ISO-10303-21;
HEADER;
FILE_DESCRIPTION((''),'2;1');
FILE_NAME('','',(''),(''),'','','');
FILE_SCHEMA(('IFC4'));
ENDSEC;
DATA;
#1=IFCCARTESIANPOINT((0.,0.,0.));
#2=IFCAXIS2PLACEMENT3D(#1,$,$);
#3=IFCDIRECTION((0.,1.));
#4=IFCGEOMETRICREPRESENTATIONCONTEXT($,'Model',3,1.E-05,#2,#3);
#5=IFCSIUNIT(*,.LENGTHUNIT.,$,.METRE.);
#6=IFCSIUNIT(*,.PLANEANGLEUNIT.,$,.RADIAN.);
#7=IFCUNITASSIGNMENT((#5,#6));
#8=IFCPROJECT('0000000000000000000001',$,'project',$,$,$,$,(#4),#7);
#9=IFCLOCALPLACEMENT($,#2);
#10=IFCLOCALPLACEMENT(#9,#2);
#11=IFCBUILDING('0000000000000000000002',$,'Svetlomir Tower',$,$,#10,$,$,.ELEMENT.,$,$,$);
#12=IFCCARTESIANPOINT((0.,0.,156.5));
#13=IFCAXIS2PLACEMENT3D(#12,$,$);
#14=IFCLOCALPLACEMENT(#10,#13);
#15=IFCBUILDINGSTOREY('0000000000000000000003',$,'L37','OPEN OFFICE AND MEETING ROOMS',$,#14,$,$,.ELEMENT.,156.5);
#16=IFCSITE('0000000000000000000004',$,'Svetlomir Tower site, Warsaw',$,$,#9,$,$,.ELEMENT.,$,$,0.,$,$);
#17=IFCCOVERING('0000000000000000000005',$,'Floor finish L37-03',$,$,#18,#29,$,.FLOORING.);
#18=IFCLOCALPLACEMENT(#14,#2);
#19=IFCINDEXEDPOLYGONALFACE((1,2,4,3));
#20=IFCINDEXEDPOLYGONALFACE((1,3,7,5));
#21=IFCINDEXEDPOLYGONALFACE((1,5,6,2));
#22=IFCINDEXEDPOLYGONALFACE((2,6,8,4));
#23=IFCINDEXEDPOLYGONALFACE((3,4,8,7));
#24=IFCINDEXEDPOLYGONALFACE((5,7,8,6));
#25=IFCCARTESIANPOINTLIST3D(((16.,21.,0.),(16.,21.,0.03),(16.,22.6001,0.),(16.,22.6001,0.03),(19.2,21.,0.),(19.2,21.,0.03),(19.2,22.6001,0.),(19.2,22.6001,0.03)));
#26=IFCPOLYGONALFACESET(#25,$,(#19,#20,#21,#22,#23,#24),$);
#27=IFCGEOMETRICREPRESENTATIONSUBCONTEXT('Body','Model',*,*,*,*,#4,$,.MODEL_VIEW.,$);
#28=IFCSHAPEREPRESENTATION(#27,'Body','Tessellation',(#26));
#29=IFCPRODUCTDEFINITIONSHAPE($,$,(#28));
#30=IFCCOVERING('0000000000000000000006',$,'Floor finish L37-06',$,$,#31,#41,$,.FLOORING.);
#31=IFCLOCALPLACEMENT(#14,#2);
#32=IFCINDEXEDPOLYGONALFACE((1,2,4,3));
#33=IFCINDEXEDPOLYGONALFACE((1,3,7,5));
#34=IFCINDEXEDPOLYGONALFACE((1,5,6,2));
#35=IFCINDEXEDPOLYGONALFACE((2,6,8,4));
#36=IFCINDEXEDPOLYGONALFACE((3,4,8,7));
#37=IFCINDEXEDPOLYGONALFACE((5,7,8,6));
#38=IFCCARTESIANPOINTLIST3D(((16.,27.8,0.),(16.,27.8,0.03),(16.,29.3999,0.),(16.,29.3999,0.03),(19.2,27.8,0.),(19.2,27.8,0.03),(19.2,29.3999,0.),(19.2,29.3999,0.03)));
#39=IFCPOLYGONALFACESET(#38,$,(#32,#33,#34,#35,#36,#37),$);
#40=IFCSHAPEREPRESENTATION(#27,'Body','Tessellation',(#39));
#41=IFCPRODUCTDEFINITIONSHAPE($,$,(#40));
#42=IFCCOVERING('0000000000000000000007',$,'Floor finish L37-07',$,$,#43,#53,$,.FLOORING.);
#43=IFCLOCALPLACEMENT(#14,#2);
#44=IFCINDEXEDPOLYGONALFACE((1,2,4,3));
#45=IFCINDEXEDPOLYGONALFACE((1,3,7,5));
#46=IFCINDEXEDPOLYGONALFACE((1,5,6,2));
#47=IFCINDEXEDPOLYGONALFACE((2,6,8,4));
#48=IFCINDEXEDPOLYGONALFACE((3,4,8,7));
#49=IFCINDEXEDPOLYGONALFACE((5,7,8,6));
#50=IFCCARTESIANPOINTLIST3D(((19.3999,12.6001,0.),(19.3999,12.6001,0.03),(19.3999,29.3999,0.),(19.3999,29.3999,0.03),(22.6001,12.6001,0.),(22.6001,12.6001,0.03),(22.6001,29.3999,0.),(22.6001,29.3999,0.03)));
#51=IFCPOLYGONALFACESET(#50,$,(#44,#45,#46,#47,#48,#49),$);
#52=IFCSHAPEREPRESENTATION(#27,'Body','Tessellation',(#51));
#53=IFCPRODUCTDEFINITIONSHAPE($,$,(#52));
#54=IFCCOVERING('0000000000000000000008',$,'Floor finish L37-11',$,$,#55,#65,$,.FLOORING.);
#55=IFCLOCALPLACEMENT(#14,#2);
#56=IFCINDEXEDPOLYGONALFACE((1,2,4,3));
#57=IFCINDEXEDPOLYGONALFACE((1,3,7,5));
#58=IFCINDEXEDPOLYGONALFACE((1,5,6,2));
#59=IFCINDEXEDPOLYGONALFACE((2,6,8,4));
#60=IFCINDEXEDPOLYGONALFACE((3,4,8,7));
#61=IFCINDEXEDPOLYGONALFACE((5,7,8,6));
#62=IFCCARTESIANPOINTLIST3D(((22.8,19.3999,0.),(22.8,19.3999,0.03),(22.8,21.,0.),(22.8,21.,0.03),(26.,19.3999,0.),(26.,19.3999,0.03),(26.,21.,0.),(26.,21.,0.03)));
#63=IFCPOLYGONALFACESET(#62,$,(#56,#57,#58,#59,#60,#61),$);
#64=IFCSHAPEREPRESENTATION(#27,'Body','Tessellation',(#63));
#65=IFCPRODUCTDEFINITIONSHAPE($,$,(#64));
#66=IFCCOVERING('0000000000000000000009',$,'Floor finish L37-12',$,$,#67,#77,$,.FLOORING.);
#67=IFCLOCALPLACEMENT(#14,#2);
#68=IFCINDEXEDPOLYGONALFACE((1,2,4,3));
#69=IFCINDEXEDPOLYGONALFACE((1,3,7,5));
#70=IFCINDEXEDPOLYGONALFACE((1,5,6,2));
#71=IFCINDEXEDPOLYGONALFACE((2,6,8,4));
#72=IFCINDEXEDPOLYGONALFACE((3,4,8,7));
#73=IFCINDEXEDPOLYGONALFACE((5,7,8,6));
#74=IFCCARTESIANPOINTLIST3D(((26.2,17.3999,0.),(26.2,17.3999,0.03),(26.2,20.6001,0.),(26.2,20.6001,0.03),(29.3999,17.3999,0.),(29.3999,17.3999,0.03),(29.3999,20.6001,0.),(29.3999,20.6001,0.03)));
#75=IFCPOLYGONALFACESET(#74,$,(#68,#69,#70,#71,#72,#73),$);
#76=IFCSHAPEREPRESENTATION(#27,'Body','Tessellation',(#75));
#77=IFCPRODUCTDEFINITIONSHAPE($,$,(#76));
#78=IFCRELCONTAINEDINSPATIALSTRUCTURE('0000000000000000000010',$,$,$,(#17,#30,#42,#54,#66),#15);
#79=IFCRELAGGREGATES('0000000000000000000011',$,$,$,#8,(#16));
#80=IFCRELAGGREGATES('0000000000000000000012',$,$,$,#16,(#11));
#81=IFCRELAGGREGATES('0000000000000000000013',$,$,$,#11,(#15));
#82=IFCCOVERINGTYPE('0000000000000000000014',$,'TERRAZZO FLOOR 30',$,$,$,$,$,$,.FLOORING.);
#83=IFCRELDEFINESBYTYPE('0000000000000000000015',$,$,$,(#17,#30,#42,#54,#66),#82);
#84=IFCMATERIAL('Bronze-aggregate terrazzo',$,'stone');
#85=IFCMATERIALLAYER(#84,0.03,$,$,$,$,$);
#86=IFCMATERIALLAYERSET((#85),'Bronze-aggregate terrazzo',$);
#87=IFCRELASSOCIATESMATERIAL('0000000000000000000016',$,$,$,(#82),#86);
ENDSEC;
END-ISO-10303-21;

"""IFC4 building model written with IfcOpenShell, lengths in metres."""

from ifc_helpers import new_model, si_unit, direction, frame, origin, place, context, subcontext, project, spatial, polyline, outline, extrude, material, layer, layer_set, type_object, element, save


model = new_model("IFC4")

# Units and contexts
model_context = context("Model", 3, precision=1e-05, world=origin(), true_north=direction((0.0, 1.0)))
body_context = subcontext(model_context, "Body", "Model", "MODEL_VIEW")
ifc_project = project(units=[si_unit("LENGTHUNIT", "METRE"), si_unit("PLANEANGLEUNIT", "RADIAN")], contexts=[model_context])

# Site, building, storey
site_placement = place(None, origin())
site = spatial("IfcSite", under=ifc_project, at=site_placement, Name="Svetlomir Tower site, Warsaw", CompositionType="ELEMENT", RefElevation=0.0)
building_placement = place(site_placement, origin())
building = spatial("IfcBuilding", under=site, at=building_placement, Name="Svetlomir Tower", CompositionType="ELEMENT")
storey_placement = place(building_placement, frame((0.0, 0.0, 156.5)))
storey = spatial("IfcBuildingStorey", under=building, at=storey_placement, Name="L37", Description="OPEN OFFICE AND MEETING ROOMS", CompositionType="ELEMENT", Elevation=156.5)

# Coverings
ifc_material_1 = material(Name="Bronze-aggregate terrazzo", Category="stone")
ifc_layer_1 = layer(ifc_material_1, 0.03)
ifc_layer_set_1 = layer_set([ifc_layer_1], Name="Bronze-aggregate terrazzo")
covering_type_1 = type_object("IfcCoveringType", Name="TERRAZZO FLOOR 30", PredefinedType="FLOORING", material=ifc_layer_set_1)
covering_1_placement = place(storey_placement, origin())
element("IfcCovering", 1, at=covering_1_placement, inside=storey, type_object=covering_type_1, Name="Floor finish L37-03", PredefinedType="FLOORING", context=body_context, shape_type="SweptSolid", body=[
    extrude(outline(polyline([(16.0, 21.0), (19.2, 21.0), (19.2, 22.6001), (16.0, 22.6001), (16.0, 21.0)])), origin(), (0.0, 0.0, 1.0), 0.03),
])
covering_2_placement = place(storey_placement, origin())
element("IfcCovering", 2, at=covering_2_placement, inside=storey, type_object=covering_type_1, Name="Floor finish L37-06", PredefinedType="FLOORING", context=body_context, shape_type="SweptSolid", body=[
    extrude(outline(polyline([(16.0, 27.8), (19.2, 27.8), (19.2, 29.3999), (16.0, 29.3999), (16.0, 27.8)])), origin(), (0.0, 0.0, 1.0), 0.03),
])
covering_3_placement = place(storey_placement, origin())
element("IfcCovering", 3, at=covering_3_placement, inside=storey, type_object=covering_type_1, Name="Floor finish L37-07", PredefinedType="FLOORING", context=body_context, shape_type="SweptSolid", body=[
    extrude(outline(polyline([(19.3999, 12.6001), (22.6001, 12.6001), (22.6001, 29.3999), (19.3999, 29.3999), (19.3999, 12.6001)])), origin(), (0.0, 0.0, 1.0), 0.03),
])
covering_4_placement = place(storey_placement, origin())
element("IfcCovering", 4, at=covering_4_placement, inside=storey, type_object=covering_type_1, Name="Floor finish L37-11", PredefinedType="FLOORING", context=body_context, shape_type="SweptSolid", body=[
    extrude(outline(polyline([(22.8, 19.3999), (26.0, 19.3999), (26.0, 21.0), (22.8, 21.0), (22.8, 19.3999)])), origin(), (0.0, 0.0, 1.0), 0.03),
])
covering_5_placement = place(storey_placement, origin())
element("IfcCovering", 5, at=covering_5_placement, inside=storey, type_object=covering_type_1, Name="Floor finish L37-12", PredefinedType="FLOORING", context=body_context, shape_type="SweptSolid", body=[
    extrude(outline(polyline([(26.2, 17.3999), (29.3999, 17.3999), (29.3999, 20.6001), (26.2, 20.6001), (26.2, 17.3999)])), origin(), (0.0, 0.0, 1.0), 0.03),
])

save(model, "model.ifc")
